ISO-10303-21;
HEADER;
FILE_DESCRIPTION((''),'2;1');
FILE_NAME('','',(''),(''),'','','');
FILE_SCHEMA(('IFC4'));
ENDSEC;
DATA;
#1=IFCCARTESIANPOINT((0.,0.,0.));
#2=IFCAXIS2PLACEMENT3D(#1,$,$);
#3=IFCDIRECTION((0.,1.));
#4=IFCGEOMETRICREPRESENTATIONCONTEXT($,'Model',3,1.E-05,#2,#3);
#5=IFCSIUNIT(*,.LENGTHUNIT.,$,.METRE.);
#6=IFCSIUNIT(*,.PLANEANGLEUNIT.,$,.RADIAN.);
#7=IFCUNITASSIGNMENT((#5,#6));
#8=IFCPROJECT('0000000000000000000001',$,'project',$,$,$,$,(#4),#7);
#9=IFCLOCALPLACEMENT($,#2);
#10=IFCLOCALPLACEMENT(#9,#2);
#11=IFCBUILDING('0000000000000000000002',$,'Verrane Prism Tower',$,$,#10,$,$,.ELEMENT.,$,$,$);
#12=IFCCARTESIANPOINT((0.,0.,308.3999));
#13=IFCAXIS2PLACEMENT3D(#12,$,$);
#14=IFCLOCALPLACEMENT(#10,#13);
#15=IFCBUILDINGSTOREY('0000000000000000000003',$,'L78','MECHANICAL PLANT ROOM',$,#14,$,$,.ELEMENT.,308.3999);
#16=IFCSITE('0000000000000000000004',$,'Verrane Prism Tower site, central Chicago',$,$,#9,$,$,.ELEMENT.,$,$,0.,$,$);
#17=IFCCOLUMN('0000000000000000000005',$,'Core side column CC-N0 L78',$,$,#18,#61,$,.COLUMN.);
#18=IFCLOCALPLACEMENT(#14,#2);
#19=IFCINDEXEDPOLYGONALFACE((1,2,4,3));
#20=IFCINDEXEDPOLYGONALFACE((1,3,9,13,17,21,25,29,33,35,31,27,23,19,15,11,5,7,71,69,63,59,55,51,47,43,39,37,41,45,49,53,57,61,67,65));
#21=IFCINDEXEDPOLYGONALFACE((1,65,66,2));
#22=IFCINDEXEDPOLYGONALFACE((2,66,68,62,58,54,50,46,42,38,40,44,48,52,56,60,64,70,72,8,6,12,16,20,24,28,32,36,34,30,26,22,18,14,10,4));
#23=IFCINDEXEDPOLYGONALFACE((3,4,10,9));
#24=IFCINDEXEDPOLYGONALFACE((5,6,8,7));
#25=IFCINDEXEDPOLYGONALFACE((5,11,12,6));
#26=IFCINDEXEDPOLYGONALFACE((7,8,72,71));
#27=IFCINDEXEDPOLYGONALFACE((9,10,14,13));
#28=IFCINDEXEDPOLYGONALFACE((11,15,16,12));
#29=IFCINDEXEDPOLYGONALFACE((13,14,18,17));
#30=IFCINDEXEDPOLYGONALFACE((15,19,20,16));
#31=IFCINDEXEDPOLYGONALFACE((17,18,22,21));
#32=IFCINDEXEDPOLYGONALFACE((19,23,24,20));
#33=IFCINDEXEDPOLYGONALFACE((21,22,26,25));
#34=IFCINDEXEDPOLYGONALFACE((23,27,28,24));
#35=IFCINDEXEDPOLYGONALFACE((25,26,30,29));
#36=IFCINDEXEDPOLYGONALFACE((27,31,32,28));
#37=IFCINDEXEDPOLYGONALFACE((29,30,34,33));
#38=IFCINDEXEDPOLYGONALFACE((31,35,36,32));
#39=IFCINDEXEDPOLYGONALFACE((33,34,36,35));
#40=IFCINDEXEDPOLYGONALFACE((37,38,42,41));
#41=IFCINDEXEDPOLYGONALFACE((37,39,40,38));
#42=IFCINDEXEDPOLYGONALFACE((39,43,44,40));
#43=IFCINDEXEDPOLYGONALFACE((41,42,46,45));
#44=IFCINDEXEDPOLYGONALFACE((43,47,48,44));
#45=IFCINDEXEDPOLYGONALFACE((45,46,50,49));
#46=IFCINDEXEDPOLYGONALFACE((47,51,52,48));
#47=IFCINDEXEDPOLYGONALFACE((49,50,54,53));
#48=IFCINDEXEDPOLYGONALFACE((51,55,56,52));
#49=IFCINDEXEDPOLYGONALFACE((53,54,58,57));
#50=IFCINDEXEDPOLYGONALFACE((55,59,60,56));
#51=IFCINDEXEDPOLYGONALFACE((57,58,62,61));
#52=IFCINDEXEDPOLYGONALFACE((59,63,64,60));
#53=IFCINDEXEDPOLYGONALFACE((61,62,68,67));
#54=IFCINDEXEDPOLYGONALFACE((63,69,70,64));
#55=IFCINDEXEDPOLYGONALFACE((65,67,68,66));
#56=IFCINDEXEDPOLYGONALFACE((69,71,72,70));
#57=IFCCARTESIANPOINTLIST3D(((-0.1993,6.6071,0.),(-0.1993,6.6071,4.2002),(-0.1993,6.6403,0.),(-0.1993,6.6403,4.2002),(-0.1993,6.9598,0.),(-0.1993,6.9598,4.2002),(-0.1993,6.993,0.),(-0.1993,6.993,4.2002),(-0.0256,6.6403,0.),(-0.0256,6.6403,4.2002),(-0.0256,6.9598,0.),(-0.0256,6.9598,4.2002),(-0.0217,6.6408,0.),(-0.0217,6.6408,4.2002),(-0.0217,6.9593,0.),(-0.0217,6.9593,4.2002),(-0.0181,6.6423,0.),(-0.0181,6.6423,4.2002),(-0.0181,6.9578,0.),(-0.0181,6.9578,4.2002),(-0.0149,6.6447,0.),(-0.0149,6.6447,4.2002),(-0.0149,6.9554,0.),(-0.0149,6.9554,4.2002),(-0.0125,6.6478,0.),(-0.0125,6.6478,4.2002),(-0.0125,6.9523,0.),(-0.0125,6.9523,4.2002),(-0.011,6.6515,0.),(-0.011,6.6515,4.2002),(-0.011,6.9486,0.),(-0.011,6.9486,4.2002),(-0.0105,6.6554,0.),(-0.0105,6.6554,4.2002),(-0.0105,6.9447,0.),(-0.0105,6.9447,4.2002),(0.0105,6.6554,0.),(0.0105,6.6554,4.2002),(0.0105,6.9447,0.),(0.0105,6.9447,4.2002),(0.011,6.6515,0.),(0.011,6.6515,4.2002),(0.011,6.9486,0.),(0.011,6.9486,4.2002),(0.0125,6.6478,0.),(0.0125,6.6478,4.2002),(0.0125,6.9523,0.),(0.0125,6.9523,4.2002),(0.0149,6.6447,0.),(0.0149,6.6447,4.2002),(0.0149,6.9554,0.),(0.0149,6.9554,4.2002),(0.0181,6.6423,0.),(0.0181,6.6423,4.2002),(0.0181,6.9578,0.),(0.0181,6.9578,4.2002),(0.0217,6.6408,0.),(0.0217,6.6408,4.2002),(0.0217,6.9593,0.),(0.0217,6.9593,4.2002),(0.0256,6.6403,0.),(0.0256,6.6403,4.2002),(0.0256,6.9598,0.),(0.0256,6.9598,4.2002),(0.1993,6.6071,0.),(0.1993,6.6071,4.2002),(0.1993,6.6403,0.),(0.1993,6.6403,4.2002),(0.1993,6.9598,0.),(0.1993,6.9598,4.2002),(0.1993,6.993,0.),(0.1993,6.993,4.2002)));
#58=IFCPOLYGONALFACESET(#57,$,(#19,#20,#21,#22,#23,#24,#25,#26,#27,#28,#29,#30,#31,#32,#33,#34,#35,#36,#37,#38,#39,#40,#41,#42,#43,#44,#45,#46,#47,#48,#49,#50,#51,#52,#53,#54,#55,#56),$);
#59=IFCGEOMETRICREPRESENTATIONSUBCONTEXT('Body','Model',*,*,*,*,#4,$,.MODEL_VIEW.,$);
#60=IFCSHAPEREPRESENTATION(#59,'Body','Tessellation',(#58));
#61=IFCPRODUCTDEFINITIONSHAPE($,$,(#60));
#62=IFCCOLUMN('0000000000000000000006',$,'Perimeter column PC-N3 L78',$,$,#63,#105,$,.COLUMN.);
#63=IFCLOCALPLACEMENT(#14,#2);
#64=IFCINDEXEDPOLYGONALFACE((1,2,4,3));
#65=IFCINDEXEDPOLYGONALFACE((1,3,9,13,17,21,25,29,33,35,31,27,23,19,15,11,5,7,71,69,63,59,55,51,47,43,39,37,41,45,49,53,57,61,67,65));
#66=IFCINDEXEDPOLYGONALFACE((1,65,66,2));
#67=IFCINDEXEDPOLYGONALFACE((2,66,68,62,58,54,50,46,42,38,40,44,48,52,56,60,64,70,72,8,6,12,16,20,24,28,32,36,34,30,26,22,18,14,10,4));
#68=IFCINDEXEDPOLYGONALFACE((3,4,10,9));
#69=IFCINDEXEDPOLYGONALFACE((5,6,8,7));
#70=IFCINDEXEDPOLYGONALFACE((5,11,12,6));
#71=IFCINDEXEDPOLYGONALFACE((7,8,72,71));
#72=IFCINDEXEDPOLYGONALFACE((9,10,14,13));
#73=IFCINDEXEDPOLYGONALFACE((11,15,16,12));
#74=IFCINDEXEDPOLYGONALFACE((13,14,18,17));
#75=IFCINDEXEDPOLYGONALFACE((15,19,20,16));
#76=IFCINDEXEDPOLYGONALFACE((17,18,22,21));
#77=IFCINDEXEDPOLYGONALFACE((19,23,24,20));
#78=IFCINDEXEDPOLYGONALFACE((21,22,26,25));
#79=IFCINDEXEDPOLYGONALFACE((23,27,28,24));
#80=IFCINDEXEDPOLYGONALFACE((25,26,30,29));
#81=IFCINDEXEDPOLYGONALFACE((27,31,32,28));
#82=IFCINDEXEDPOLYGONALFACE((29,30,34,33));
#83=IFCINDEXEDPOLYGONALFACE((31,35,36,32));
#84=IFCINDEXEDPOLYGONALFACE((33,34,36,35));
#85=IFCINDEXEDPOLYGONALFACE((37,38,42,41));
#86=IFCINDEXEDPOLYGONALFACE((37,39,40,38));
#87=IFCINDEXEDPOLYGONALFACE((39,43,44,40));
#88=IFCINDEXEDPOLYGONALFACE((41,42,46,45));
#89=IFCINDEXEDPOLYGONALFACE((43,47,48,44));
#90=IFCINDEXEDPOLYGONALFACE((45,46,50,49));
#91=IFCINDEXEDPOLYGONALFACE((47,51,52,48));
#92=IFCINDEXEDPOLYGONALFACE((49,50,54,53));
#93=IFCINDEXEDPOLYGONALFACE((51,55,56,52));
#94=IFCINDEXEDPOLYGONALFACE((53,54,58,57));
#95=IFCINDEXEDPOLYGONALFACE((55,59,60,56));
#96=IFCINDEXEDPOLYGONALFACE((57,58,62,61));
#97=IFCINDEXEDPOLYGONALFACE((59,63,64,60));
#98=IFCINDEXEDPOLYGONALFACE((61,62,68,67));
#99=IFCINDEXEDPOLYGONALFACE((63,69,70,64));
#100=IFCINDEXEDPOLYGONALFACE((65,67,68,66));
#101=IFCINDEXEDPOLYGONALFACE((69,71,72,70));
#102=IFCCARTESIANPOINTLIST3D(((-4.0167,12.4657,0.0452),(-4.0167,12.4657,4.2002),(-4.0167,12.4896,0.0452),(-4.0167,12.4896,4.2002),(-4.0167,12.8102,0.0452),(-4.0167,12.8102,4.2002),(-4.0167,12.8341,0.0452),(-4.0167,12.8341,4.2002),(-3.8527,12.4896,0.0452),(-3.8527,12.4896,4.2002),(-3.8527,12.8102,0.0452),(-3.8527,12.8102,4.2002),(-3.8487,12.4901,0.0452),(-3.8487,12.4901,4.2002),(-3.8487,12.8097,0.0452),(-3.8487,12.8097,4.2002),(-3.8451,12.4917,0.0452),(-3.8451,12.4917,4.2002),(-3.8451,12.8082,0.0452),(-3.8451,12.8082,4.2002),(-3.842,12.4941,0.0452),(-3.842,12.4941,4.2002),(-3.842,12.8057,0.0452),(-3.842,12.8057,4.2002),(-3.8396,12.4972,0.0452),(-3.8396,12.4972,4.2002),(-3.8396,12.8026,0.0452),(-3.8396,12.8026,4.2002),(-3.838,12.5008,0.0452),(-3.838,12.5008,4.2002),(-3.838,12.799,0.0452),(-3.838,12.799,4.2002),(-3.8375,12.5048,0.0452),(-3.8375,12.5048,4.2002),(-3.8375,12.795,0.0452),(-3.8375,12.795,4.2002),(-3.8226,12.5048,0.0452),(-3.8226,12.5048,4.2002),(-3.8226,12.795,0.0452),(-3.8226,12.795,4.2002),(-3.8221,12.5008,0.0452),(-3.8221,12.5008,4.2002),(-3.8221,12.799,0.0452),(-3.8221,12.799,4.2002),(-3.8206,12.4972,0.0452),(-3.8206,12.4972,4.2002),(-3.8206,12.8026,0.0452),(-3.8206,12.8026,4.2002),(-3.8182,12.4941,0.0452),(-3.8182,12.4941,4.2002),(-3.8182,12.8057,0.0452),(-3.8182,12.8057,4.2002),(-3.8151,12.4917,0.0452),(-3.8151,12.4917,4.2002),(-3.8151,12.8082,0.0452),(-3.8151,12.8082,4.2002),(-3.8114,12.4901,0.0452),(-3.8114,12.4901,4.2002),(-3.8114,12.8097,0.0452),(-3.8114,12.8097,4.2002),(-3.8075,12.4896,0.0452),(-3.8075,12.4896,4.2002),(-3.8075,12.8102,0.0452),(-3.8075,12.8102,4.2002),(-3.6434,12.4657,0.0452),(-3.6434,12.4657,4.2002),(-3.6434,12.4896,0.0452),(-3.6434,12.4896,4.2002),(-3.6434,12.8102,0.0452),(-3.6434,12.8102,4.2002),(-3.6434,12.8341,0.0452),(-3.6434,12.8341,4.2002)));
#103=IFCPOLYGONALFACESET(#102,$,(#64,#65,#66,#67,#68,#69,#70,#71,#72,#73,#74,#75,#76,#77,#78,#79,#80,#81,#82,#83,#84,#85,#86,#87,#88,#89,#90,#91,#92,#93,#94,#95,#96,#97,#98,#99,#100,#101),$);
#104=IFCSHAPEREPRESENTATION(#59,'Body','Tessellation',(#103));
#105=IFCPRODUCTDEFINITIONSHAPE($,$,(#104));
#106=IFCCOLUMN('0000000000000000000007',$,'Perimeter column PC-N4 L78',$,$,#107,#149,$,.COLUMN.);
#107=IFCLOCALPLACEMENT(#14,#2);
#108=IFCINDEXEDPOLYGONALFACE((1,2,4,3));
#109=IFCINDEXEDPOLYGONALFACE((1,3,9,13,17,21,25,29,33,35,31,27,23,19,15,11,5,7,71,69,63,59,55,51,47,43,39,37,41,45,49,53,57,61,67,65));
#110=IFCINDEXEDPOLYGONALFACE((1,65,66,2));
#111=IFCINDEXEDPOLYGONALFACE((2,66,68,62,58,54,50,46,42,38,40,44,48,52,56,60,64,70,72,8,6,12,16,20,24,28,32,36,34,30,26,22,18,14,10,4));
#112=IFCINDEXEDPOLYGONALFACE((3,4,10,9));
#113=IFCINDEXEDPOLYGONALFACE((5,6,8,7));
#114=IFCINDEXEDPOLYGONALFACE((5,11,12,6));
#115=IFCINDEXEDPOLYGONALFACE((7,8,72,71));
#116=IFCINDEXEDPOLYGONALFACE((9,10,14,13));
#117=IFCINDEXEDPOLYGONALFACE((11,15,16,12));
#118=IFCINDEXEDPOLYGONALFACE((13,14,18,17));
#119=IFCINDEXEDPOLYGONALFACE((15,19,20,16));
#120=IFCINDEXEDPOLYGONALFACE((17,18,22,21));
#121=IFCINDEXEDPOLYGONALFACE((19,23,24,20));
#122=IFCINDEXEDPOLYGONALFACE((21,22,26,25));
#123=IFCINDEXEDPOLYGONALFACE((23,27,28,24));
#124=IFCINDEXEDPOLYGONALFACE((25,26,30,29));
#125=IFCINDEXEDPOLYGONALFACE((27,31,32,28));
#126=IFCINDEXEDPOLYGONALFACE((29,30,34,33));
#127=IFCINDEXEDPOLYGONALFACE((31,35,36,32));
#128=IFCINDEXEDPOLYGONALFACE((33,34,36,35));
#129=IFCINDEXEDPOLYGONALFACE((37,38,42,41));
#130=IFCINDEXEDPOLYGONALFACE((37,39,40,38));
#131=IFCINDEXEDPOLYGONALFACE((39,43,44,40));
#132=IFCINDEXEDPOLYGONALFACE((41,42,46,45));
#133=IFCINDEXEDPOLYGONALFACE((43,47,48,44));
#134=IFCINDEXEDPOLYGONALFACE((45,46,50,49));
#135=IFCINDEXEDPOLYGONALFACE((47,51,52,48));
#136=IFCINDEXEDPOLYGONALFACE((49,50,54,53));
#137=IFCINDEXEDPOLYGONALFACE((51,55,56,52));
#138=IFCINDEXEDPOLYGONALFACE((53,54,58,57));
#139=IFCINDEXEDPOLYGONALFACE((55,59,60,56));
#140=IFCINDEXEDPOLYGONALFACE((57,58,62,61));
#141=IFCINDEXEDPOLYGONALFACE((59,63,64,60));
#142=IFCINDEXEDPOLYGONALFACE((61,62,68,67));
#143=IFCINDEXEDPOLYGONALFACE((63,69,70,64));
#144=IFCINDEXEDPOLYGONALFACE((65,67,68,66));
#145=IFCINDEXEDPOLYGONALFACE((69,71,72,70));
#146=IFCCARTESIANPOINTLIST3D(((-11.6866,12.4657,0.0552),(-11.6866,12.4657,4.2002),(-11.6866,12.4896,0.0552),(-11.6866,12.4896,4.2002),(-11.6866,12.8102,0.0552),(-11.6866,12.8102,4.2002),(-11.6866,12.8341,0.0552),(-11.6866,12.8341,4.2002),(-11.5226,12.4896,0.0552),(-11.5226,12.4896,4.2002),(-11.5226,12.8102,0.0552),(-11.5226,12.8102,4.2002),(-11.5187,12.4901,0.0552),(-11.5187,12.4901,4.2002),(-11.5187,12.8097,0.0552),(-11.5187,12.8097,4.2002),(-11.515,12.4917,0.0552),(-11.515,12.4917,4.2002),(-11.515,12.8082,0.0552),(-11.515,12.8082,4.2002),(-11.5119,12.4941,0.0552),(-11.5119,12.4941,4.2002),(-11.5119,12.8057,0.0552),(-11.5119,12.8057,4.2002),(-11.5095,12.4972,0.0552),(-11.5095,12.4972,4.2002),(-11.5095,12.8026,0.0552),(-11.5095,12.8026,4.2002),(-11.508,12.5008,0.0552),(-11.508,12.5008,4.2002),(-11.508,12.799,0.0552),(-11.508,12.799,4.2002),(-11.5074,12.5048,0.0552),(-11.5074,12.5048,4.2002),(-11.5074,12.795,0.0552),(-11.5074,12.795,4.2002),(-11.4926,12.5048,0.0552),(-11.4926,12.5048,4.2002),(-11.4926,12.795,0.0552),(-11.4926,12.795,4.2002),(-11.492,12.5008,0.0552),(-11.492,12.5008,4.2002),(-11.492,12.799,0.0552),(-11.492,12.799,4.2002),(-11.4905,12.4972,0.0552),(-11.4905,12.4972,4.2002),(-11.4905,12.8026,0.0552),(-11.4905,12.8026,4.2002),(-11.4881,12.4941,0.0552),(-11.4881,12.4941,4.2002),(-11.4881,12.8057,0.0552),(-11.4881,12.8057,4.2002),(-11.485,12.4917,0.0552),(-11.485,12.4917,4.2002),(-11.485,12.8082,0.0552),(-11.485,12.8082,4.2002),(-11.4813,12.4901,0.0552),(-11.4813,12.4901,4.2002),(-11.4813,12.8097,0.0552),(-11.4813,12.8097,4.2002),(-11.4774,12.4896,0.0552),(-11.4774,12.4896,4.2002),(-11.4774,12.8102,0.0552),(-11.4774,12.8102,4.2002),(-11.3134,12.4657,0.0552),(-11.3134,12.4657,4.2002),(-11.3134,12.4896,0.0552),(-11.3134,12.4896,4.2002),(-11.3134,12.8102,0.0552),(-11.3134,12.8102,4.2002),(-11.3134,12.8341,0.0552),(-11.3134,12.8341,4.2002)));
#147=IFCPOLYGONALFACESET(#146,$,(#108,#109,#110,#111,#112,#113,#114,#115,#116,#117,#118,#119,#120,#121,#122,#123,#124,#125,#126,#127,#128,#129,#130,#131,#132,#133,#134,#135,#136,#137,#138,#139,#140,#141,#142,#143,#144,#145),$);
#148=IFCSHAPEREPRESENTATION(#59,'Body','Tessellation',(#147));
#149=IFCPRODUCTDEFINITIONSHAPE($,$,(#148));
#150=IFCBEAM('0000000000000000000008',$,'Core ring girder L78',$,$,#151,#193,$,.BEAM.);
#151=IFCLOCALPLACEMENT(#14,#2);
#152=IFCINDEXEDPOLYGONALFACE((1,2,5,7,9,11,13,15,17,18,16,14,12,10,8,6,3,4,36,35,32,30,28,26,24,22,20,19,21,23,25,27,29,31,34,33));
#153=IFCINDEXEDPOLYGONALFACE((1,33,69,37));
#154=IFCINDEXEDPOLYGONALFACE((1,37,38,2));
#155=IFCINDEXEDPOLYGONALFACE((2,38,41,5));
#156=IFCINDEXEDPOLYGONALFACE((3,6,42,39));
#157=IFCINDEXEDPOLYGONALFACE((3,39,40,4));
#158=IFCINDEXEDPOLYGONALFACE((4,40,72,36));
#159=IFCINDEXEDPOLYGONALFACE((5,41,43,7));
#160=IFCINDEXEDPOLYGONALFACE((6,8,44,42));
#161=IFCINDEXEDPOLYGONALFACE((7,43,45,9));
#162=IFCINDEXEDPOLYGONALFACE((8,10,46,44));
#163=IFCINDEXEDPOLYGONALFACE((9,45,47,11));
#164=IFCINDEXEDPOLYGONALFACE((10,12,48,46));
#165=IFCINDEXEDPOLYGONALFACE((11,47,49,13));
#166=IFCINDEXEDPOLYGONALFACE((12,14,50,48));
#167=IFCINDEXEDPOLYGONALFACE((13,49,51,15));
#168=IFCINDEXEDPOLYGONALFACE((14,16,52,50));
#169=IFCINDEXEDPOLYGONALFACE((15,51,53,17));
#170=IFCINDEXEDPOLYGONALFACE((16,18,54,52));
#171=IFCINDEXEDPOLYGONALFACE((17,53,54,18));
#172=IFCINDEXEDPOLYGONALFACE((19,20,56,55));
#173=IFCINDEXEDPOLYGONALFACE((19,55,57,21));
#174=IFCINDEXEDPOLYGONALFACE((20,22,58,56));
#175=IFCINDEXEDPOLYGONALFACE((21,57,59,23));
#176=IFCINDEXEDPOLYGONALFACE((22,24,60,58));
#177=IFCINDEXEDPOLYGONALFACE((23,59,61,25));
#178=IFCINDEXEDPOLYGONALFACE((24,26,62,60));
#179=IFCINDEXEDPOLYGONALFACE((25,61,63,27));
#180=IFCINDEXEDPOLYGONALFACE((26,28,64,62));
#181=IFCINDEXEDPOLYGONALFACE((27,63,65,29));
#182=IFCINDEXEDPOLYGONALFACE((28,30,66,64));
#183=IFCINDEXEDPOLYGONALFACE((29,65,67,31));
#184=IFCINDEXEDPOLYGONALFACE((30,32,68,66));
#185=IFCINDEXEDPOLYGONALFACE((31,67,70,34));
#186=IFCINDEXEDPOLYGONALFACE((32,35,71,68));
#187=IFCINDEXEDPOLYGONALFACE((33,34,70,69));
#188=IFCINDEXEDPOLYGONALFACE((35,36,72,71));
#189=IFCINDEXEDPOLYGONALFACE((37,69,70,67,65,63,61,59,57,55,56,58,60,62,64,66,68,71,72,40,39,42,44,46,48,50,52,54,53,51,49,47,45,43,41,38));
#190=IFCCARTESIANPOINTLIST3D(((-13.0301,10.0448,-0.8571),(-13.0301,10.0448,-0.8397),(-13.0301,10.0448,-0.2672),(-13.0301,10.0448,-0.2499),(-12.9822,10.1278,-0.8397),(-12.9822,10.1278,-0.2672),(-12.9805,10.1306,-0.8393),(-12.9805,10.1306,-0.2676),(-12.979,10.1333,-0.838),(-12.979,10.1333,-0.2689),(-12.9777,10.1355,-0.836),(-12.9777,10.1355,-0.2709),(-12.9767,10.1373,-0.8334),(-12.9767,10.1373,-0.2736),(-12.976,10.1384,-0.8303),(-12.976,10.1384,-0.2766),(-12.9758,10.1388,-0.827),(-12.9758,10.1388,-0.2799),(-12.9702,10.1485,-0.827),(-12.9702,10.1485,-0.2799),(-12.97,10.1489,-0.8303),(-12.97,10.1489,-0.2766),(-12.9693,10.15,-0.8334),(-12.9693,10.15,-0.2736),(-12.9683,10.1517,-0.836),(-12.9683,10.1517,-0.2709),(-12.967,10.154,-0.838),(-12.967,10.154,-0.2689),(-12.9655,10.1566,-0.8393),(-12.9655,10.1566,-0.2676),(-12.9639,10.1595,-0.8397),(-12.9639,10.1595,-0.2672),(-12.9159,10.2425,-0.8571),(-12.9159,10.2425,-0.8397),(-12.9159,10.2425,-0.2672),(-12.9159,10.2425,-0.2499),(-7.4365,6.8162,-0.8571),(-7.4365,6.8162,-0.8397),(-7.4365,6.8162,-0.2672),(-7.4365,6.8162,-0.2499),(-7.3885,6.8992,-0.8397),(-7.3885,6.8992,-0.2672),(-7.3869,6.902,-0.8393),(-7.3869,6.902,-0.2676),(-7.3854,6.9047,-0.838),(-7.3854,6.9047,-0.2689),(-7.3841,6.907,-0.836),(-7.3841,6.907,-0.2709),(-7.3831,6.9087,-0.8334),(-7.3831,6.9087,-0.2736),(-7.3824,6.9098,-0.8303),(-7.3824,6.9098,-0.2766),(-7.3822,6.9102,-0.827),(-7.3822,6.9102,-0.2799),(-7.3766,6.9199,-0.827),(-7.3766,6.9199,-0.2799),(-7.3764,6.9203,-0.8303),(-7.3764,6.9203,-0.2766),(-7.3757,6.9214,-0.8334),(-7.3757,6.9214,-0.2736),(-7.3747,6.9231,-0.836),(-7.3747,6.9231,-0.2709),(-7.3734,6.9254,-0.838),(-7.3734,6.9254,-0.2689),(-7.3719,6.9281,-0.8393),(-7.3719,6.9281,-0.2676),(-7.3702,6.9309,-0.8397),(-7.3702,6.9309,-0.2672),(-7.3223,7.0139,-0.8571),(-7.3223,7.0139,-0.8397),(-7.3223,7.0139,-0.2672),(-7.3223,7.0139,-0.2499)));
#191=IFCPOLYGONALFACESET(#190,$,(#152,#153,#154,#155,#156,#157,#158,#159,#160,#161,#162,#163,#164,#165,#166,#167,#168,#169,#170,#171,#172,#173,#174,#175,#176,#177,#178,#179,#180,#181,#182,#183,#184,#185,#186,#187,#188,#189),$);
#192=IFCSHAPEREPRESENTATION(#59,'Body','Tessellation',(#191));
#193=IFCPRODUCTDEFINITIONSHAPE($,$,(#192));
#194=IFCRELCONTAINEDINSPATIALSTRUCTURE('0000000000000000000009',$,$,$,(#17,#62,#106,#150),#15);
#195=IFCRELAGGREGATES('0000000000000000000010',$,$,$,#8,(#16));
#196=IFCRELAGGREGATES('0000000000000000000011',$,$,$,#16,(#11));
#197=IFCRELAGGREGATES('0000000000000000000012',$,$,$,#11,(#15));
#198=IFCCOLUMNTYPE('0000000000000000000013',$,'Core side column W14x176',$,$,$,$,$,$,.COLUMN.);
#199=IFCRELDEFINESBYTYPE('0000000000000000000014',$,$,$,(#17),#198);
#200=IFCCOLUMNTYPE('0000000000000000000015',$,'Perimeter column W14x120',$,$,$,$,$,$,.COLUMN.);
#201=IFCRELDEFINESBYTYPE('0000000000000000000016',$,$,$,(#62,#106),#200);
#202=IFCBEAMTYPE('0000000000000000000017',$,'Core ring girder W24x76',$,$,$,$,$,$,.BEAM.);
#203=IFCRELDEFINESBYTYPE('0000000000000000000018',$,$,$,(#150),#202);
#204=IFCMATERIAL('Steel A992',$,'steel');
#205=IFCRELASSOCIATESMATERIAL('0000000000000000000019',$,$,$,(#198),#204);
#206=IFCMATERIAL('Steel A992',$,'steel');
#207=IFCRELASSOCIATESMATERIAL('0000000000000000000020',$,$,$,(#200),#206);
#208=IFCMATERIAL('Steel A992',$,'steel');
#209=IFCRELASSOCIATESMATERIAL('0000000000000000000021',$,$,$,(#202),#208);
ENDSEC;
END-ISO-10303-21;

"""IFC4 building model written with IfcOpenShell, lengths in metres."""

from ifc_helpers import new_model, si_unit, direction, frame, origin, origin_2d, place, context, subcontext, project, spatial, i_section, extrude, material, material_profile, profile_set, type_object, element, save


model = new_model("IFC4")

# Units and contexts
model_context = context("Model", 3, precision=1e-05, world=origin(), true_north=direction((0.0, 1.0)))
body_context = subcontext(model_context, "Body", "Model", "MODEL_VIEW")
ifc_project = project(units=[si_unit("LENGTHUNIT", "METRE"), si_unit("PLANEANGLEUNIT", "RADIAN")], contexts=[model_context])

# Site, building, storey
site_placement = place(None, origin())
site = spatial("IfcSite", under=ifc_project, at=site_placement, Name="Verrane Prism Tower site, central Chicago", CompositionType="ELEMENT", RefElevation=0.0)
building_placement = place(site_placement, origin())
building = spatial("IfcBuilding", under=site, at=building_placement, Name="Verrane Prism Tower", CompositionType="ELEMENT")
storey_placement = place(building_placement, frame((0.0, 0.0, 308.3999)))
storey = spatial("IfcBuildingStorey", under=building, at=storey_placement, Name="L78", Description="MECHANICAL PLANT ROOM", CompositionType="ELEMENT", Elevation=308.3999)

# Columns
ifc_material_1 = material(Name="Steel A992", Category="steel")
ifc_material_profile_1 = material_profile(ifc_material_1, i_section(OverallWidth=0.3987, OverallDepth=0.386, WebThickness=0.021, FlangeThickness=0.0332, FilletRadius=0.0151, at=origin_2d()), Name="W14x176")
ifc_profile_set_1 = profile_set([ifc_material_profile_1], Name="Steel A992")
column_type_1 = type_object("IfcColumnType", Name="Core side column W14x176", PredefinedType="COLUMN", material=ifc_profile_set_1)
column_1_placement = place(storey_placement, frame((0.0, 6.8, 0.0), z_axis=(0.0, 0.0, 1.0), x_axis=(1.0, 0.0, 0.0)))
element("IfcColumn", 1, at=column_1_placement, inside=storey, type_object=column_type_1, Name="Core side column CC-N0 L78", PredefinedType="COLUMN", context=body_context, shape_type="SweptSolid", body=[
    extrude(i_section(OverallWidth=0.3987, OverallDepth=0.386, WebThickness=0.021, FlangeThickness=0.0332, FilletRadius=0.0151, at=origin_2d()), origin(), (0.0, 0.0, 1.0), 4.2002),
])
ifc_material_2 = material(Name="Steel A992", Category="steel")
ifc_material_profile_2 = material_profile(ifc_material_2, i_section(OverallWidth=0.3733, OverallDepth=0.3684, WebThickness=0.0149, FlangeThickness=0.0239, FilletRadius=0.0151, at=origin_2d()), Name="W14x120")
ifc_profile_set_2 = profile_set([ifc_material_profile_2], Name="Steel A992")
column_type_2 = type_object("IfcColumnType", Name="Perimeter column W14x120", PredefinedType="COLUMN", material=ifc_profile_set_2)
column_2_placement = place(storey_placement, frame((-3.8301, 12.6499, 0.0452), z_axis=(0.0, 0.0, 1.0), x_axis=(1.0, 0.0, 0.0)))
element("IfcColumn", 2, at=column_2_placement, inside=storey, type_object=column_type_2, Name="Perimeter column PC-N3 L78", PredefinedType="COLUMN", context=body_context, shape_type="SweptSolid", body=[
    extrude(i_section(OverallWidth=0.3733, OverallDepth=0.3684, WebThickness=0.0149, FlangeThickness=0.0239, FilletRadius=0.0151, at=origin_2d()), origin(), (0.0, 0.0, 1.0), 4.155),
])
column_3_placement = place(storey_placement, frame((-11.5, 12.6499, 0.0552), z_axis=(0.0, 0.0, 1.0), x_axis=(1.0, 0.0, 0.0)))
element("IfcColumn", 3, at=column_3_placement, inside=storey, type_object=column_type_2, Name="Perimeter column PC-N4 L78", PredefinedType="COLUMN", context=body_context, shape_type="SweptSolid", body=[
    extrude(i_section(OverallWidth=0.3733, OverallDepth=0.3684, WebThickness=0.0149, FlangeThickness=0.0239, FilletRadius=0.0151, at=origin_2d()), origin(), (0.0, 0.0, 1.0), 4.145),
])

# Beam
ifc_material_3 = material(Name="Steel A992", Category="steel")
ifc_material_profile_3 = material_profile(ifc_material_3, i_section(OverallWidth=0.2283, OverallDepth=0.6072, WebThickness=0.0112, FlangeThickness=0.0173, FilletRadius=0.0127, at=origin_2d()), Name="W24x76")
ifc_profile_set_3 = profile_set([ifc_material_profile_3], Name="Steel A992")
beam_type_1 = type_object("IfcBeamType", Name="Core ring girder W24x76", PredefinedType="BEAM", material=ifc_profile_set_3)
beam_1_placement = place(storey_placement, frame((-7.3794, 6.915, -0.5535), z_axis=(-0.866086, 0.499896, 0.0), x_axis=(-0.499896, -0.866086, 0.0)))
element("IfcBeam", 4, at=beam_1_placement, inside=storey, type_object=beam_type_1, Name="Core ring girder L78", PredefinedType="BEAM", context=body_context, shape_type="SweptSolid", body=[
    extrude(i_section(OverallWidth=0.2283, OverallDepth=0.6072, WebThickness=0.0112, FlangeThickness=0.0173, FilletRadius=0.0127, at=origin_2d()), origin(), (0.0, 0.0, 1.0), 6.4585),
])

save(model, "model.ifc")
